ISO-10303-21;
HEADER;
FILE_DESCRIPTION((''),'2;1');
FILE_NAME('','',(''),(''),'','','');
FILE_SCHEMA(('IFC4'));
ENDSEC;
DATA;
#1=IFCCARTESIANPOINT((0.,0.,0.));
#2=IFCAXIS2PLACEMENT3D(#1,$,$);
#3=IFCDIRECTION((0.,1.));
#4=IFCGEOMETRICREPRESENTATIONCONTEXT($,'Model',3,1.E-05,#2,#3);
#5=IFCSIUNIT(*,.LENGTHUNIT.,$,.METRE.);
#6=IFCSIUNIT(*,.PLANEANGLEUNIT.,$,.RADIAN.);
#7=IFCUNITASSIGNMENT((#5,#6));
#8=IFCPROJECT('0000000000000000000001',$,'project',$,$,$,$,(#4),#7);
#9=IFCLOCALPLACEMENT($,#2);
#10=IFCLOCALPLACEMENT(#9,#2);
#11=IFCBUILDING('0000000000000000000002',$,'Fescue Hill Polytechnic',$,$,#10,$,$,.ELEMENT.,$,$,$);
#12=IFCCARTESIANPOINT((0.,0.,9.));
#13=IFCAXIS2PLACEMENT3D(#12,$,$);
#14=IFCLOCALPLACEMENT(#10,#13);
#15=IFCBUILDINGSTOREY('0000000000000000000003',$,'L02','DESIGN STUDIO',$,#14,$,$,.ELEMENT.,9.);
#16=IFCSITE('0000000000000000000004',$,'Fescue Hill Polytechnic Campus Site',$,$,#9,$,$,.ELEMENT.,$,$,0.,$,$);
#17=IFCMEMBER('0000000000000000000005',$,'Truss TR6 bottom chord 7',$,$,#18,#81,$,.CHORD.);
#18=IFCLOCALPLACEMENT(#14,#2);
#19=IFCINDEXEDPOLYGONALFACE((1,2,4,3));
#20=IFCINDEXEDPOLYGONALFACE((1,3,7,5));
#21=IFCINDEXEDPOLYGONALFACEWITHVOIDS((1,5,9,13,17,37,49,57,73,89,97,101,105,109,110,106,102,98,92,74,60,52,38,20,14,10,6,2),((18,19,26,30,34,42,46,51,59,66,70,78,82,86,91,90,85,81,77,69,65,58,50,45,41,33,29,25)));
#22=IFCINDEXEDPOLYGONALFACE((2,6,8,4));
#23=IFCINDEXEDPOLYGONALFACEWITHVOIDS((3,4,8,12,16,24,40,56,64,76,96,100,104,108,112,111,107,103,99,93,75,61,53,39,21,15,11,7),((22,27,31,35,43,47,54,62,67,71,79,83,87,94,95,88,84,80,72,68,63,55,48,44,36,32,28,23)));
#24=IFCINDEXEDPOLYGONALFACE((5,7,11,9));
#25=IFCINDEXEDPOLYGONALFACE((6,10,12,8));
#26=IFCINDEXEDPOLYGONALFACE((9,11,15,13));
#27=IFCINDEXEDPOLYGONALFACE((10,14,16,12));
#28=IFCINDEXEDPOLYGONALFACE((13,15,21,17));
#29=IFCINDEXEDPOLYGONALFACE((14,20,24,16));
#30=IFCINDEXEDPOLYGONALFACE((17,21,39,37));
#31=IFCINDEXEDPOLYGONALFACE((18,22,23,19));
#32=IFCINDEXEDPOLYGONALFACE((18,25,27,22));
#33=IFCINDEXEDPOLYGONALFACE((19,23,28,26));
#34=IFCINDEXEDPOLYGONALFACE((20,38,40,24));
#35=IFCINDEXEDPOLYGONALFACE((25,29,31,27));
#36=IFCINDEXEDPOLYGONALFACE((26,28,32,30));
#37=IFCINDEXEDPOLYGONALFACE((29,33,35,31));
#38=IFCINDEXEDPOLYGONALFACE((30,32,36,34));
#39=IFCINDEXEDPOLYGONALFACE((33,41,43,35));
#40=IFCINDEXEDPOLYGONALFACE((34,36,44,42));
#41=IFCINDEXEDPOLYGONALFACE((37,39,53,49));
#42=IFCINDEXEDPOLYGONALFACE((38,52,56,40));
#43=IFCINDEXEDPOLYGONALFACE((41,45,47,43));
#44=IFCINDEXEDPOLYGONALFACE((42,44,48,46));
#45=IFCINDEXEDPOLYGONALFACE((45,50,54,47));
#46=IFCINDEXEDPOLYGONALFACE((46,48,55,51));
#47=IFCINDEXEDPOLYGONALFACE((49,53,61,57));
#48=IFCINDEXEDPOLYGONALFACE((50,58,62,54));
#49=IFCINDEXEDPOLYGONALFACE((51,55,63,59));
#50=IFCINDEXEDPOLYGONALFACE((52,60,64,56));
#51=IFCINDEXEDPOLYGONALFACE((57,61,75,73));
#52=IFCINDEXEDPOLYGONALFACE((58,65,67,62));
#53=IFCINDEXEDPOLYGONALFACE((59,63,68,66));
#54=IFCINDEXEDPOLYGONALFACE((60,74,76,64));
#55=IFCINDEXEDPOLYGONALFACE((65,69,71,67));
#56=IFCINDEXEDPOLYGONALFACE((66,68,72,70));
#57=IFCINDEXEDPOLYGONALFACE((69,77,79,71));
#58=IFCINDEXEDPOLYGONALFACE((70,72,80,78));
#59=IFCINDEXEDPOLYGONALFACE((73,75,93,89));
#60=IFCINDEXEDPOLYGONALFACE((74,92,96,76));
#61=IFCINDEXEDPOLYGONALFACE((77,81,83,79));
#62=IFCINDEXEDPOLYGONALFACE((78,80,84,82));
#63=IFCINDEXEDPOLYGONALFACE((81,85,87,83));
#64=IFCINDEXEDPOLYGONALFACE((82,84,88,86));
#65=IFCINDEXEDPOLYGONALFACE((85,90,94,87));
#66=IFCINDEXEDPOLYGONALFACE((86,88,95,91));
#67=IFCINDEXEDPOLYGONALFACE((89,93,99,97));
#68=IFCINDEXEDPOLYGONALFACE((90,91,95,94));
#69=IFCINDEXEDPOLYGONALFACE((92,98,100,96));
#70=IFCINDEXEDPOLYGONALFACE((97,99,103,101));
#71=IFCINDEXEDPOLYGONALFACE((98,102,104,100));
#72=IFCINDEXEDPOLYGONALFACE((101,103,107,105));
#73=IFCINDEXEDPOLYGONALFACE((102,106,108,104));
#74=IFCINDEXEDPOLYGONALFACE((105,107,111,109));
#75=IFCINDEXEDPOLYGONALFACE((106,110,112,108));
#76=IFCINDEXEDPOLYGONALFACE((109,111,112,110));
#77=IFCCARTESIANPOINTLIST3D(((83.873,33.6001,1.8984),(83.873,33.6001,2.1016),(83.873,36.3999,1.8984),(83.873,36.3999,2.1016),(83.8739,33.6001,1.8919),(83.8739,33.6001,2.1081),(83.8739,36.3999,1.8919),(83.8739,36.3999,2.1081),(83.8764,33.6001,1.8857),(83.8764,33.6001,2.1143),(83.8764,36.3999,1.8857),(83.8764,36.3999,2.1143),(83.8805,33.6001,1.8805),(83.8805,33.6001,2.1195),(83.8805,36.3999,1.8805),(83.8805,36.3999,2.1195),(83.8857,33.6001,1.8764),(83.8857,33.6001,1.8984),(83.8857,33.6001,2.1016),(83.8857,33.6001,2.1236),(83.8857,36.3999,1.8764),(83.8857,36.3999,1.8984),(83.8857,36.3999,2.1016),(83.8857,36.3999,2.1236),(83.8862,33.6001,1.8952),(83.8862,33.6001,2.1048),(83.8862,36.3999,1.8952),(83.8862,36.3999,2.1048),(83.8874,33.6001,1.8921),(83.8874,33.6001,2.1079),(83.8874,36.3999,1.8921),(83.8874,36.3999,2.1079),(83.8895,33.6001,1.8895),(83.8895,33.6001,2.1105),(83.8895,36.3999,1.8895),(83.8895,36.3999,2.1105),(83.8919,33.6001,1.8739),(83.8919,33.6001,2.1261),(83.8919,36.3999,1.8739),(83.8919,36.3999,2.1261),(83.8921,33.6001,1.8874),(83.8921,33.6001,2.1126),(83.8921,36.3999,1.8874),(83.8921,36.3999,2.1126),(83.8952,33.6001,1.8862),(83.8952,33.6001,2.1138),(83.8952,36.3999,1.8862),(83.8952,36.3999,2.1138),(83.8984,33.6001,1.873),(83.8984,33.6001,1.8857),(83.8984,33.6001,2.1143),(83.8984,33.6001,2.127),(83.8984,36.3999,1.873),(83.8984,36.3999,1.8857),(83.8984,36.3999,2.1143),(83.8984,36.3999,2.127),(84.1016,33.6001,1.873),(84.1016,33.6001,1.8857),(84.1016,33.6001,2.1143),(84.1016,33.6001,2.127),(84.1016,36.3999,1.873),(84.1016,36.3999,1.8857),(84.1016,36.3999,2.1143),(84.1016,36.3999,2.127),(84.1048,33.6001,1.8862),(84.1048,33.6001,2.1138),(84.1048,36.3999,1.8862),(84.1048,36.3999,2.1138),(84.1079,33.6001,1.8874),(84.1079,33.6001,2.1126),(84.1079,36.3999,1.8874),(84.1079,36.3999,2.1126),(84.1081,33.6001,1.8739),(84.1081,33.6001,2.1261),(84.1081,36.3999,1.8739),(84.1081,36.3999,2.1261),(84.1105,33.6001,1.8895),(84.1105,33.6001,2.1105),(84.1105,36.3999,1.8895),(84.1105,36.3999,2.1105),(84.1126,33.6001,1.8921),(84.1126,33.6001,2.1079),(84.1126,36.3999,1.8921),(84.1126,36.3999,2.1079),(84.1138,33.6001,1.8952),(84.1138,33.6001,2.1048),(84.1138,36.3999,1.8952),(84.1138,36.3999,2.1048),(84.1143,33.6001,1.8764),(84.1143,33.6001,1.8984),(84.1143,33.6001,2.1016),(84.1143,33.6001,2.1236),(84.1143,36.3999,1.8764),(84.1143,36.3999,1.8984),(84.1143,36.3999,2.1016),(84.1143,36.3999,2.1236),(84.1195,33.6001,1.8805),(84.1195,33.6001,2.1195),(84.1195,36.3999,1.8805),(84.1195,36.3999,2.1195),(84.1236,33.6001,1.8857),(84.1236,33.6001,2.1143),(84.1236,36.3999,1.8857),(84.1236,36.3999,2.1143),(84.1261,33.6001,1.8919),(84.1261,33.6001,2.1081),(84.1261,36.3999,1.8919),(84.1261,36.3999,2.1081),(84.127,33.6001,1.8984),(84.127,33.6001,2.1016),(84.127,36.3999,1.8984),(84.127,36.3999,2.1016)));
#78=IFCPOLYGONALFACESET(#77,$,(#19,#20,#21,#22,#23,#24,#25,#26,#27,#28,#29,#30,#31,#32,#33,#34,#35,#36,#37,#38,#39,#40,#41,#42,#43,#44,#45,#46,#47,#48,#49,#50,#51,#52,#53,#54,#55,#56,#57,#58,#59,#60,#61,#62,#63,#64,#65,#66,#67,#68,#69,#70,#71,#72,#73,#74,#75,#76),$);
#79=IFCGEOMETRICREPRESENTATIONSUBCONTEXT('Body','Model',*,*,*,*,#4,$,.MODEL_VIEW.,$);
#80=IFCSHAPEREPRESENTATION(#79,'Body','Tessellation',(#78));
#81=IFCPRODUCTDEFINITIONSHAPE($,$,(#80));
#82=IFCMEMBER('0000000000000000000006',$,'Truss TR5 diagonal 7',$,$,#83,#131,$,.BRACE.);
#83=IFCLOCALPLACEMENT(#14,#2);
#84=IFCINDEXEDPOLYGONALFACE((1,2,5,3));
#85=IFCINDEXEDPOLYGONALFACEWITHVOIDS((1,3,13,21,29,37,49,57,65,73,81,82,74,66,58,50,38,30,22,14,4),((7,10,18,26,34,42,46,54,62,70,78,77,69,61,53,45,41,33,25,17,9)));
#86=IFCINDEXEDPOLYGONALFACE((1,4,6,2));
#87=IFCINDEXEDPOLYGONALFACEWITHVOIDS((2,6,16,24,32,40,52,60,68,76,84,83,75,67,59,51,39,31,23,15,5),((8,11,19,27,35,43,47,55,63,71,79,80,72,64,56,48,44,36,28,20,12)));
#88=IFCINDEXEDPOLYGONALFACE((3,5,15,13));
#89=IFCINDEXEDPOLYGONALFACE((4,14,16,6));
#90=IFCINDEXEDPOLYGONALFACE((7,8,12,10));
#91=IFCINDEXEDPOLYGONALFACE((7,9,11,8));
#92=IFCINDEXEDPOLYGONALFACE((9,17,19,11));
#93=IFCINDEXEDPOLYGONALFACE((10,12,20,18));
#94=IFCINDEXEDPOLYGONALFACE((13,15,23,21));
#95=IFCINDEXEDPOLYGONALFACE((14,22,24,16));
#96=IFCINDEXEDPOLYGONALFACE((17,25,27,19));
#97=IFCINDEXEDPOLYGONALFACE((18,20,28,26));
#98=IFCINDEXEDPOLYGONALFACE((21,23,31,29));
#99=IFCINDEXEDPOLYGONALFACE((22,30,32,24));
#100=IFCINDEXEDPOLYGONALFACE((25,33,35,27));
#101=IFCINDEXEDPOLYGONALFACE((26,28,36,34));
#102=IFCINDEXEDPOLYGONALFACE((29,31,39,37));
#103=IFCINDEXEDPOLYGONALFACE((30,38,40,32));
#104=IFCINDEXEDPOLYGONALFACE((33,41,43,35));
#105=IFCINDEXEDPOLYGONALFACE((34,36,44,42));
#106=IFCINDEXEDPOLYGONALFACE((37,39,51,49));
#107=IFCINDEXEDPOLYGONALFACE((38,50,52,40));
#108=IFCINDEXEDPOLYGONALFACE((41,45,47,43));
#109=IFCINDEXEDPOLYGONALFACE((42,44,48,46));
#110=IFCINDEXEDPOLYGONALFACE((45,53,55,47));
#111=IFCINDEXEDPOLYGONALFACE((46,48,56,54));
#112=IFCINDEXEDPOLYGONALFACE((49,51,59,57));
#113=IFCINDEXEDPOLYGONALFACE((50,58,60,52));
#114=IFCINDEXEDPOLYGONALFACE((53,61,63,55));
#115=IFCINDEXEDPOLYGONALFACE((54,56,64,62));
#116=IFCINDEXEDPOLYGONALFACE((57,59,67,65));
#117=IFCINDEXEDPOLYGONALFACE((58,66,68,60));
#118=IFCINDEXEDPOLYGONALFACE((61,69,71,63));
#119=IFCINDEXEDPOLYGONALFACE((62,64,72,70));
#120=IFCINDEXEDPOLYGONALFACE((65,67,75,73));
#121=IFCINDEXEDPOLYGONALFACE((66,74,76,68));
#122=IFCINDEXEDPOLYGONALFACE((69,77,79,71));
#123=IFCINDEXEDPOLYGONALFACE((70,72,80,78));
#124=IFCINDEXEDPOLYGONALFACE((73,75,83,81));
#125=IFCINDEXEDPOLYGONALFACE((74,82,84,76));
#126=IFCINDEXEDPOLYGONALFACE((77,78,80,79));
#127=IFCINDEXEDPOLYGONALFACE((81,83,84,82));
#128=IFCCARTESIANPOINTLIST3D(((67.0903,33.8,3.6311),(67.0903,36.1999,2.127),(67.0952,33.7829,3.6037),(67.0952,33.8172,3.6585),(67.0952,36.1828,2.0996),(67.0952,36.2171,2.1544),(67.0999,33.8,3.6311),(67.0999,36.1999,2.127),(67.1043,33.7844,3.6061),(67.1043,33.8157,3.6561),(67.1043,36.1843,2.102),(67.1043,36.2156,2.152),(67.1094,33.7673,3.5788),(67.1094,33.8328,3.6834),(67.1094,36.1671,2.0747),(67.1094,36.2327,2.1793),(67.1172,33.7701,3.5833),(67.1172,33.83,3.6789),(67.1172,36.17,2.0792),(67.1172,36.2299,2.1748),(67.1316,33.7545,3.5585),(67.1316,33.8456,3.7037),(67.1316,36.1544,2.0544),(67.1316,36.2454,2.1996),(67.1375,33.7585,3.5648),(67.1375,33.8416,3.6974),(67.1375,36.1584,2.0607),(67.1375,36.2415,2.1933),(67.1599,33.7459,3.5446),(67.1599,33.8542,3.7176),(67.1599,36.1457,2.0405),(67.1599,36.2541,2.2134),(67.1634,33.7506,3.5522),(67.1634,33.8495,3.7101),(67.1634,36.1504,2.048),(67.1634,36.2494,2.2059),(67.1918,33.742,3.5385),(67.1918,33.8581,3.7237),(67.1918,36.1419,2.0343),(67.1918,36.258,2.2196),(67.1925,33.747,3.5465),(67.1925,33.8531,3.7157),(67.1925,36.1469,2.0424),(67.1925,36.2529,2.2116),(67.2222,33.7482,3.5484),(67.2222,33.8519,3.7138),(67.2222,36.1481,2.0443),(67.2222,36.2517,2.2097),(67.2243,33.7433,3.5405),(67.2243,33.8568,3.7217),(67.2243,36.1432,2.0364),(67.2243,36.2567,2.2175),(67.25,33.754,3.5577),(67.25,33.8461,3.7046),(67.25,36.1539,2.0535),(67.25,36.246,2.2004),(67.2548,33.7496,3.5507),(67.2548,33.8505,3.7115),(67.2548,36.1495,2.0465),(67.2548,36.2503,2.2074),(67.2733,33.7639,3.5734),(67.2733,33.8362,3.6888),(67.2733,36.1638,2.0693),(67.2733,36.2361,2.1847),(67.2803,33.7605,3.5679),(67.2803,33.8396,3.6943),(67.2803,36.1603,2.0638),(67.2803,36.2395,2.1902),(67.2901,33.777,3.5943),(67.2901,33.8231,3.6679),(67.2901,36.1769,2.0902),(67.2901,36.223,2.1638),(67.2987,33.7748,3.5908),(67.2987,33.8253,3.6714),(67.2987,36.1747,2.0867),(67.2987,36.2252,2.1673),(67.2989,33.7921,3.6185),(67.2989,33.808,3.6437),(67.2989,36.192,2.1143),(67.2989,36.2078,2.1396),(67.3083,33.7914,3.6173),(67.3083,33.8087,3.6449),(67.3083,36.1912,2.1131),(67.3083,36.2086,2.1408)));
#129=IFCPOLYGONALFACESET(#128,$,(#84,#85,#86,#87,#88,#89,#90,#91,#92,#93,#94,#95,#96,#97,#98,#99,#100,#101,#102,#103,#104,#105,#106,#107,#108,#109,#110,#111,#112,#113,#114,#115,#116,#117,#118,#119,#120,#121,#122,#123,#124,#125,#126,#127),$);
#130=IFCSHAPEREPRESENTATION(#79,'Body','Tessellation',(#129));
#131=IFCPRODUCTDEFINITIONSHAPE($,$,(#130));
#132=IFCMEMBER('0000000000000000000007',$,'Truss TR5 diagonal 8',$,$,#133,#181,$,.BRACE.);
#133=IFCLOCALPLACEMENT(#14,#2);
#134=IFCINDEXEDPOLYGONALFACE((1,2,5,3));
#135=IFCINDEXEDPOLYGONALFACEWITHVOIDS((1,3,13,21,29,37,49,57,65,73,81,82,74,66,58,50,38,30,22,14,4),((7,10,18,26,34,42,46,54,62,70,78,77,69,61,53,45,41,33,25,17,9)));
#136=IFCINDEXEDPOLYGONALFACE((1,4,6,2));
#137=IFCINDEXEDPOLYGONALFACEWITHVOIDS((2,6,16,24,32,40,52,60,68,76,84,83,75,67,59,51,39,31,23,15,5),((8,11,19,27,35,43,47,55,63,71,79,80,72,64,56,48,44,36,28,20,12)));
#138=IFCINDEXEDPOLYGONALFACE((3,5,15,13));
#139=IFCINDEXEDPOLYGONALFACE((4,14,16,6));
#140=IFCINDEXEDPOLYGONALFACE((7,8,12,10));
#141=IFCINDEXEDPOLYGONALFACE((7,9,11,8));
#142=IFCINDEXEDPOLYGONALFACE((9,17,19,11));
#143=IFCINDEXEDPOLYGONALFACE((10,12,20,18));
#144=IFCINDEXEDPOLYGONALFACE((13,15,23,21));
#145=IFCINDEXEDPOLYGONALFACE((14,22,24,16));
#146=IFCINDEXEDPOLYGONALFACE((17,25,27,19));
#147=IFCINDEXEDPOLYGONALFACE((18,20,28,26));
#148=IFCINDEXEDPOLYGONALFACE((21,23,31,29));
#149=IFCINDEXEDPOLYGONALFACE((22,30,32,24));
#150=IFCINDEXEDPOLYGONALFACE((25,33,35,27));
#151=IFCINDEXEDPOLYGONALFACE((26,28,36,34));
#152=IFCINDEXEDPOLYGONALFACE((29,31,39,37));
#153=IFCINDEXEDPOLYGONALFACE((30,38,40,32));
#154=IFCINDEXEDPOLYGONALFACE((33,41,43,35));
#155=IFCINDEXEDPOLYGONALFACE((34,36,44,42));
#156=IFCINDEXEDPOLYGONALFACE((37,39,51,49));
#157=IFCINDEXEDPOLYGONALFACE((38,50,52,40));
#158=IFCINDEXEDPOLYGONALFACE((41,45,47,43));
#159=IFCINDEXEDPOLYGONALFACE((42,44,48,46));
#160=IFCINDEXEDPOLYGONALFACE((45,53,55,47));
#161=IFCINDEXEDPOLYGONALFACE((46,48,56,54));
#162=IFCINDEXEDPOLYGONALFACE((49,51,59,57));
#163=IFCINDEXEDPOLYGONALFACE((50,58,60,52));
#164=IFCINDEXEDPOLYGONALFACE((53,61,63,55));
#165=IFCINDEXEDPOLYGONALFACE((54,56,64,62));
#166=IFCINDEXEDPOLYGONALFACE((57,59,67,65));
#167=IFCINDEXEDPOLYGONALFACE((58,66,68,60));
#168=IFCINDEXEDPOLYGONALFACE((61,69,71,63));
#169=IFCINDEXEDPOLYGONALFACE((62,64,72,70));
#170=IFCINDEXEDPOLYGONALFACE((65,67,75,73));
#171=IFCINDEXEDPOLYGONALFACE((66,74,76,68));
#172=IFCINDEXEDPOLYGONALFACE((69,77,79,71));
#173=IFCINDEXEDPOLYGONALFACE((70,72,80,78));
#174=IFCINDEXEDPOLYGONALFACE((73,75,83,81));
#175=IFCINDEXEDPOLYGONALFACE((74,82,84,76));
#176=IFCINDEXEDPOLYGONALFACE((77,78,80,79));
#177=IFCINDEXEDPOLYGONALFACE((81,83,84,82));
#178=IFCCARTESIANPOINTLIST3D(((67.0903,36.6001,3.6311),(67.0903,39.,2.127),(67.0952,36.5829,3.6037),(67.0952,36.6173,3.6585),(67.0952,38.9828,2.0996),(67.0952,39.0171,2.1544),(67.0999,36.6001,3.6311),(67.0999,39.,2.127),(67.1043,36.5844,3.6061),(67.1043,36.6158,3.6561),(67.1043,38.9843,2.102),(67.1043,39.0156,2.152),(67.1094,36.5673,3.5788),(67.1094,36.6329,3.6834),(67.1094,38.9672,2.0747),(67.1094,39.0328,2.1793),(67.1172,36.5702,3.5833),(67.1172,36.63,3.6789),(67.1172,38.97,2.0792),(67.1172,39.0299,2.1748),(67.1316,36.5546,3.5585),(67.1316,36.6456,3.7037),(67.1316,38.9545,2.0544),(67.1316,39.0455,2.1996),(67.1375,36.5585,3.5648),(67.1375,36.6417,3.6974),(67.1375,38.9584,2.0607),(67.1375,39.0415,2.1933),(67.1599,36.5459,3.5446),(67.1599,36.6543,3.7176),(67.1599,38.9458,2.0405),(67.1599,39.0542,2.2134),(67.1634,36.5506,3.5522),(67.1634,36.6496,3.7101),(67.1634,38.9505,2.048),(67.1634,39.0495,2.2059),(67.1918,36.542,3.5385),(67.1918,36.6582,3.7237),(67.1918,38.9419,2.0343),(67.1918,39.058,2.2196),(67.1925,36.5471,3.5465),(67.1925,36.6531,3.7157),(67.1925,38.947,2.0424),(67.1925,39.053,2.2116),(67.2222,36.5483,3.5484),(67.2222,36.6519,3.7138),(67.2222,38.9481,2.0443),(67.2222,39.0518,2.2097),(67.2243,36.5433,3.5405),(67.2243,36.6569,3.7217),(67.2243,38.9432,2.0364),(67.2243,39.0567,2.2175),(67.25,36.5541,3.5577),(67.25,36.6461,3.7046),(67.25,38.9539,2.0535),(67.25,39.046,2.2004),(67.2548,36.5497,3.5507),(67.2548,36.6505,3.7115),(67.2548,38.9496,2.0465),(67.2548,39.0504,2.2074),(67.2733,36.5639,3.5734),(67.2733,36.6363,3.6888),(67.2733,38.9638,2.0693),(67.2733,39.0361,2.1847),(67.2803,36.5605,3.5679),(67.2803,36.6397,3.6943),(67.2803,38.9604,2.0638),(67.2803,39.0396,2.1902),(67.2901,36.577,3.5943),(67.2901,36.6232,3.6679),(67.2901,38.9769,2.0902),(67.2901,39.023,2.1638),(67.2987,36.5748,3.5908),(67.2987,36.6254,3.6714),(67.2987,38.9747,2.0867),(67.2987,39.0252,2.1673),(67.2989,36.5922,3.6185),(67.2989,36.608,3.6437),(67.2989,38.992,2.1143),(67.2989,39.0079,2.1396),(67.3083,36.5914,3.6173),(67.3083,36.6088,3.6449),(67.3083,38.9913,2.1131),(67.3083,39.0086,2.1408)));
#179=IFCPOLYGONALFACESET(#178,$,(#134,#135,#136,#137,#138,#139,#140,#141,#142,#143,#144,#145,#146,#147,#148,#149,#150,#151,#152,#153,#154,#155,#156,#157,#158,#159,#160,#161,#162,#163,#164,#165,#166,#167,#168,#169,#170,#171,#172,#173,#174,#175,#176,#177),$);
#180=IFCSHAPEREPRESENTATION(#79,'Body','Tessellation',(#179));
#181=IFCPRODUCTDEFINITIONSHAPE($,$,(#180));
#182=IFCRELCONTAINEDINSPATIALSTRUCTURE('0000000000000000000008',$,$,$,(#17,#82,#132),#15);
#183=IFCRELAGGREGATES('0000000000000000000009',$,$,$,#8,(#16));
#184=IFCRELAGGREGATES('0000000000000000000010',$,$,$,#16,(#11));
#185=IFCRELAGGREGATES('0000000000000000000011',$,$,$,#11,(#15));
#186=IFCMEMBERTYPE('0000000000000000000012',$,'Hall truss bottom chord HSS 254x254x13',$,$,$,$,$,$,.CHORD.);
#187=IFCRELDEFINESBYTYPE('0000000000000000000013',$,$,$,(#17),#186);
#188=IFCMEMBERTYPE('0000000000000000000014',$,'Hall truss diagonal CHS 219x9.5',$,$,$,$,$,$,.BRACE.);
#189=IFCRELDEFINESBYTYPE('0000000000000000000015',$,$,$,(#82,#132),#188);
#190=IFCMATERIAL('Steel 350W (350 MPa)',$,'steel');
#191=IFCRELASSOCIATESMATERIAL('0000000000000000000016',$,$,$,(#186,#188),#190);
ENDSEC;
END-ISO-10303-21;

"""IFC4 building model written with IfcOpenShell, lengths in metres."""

from ifc_helpers import new_model, si_unit, direction, frame, origin, origin_2d, place, context, subcontext, project, spatial, hollow_rectangle, hollow_circle, extrude, material, material_profile, profile_set, type_object, element, save


model = new_model("IFC4")

# Units and contexts
model_context = context("Model", 3, precision=1e-05, world=origin(), true_north=direction((0.0, 1.0)))
body_context = subcontext(model_context, "Body", "Model", "MODEL_VIEW")
ifc_project = project(units=[si_unit("LENGTHUNIT", "METRE"), si_unit("PLANEANGLEUNIT", "RADIAN")], contexts=[model_context])

# Site, building, storey
site_placement = place(None, origin())
site = spatial("IfcSite", under=ifc_project, at=site_placement, Name="Fescue Hill Polytechnic Campus Site", CompositionType="ELEMENT", RefElevation=0.0)
building_placement = place(site_placement, origin())
building = spatial("IfcBuilding", under=site, at=building_placement, Name="Fescue Hill Polytechnic", CompositionType="ELEMENT")
storey_placement = place(building_placement, frame((0.0, 0.0, 9.0)))
storey = spatial("IfcBuildingStorey", under=building, at=storey_placement, Name="L02", Description="DESIGN STUDIO", CompositionType="ELEMENT", Elevation=9.0)

# Members
ifc_material = material(Name="Steel 350W (350 MPa)", Category="steel")
ifc_material_profile_1 = material_profile(ifc_material, hollow_rectangle(XDim=0.2539, YDim=0.2539, WallThickness=0.0127, InnerFilletRadius=0.0127, OuterFilletRadius=0.0254, at=origin_2d()), Name="Hall truss bottom chord HSS 254x254x13")
ifc_profile_set_1 = profile_set([ifc_material_profile_1], Name="Steel 350W (350 MPa)")
member_type_1 = type_object("IfcMemberType", Name="Hall truss bottom chord HSS 254x254x13", PredefinedType="CHORD", material=ifc_profile_set_1)
member_1_placement = place(storey_placement, frame((84.0, 33.6001, 2.0), z_axis=(0.0, 1.0, 0.0), x_axis=(-1.0, 0.0, 0.0)))
element("IfcMember", 1, at=member_1_placement, inside=storey, type_object=member_type_1, Name="Truss TR6 bottom chord 7", PredefinedType="CHORD", context=body_context, shape_type="SweptSolid", body=[
    extrude(hollow_rectangle(XDim=0.2539, YDim=0.2539, WallThickness=0.0127, InnerFilletRadius=0.0127, OuterFilletRadius=0.0254, at=origin_2d()), origin(), (0.0, 0.0, 1.0), 2.7998),
])
ifc_material_profile_2 = material_profile(ifc_material, hollow_circle(Radius=0.1096, WallThickness=0.0095, at=origin_2d()), Name="Hall truss diagonal CHS 219x9.5")
ifc_profile_set_2 = profile_set([ifc_material_profile_2], Name="Steel 350W (350 MPa)")
member_type_2 = type_object("IfcMemberType", Name="Hall truss diagonal CHS 219x9.5", PredefinedType="BRACE", material=ifc_profile_set_2)
for number, where, z_axis, x_axis, name in (
    (2, (67.2, 33.8, 3.6311), (0.0, 0.847329, -0.531068), (-1.0, 0.0, 0.0), "Truss TR5 diagonal 7"),
    (3, (67.2, 36.6001, 3.6311), (0.0, 0.847329, -0.531068), (-1.0, 0.0, 0.0), "Truss TR5 diagonal 8"),
):
    element("IfcMember", number, at=place(storey_placement, frame(where, z_axis=z_axis, x_axis=x_axis)), inside=storey, type_object=member_type_2, Name=name, PredefinedType="BRACE", context=body_context, shape_type="SweptSolid", body=[
        extrude(hollow_circle(Radius=0.1096, WallThickness=0.0095, at=origin_2d()), origin(), (0.0, 0.0, 1.0), 2.8323),
    ])

save(model, "model.ifc")
